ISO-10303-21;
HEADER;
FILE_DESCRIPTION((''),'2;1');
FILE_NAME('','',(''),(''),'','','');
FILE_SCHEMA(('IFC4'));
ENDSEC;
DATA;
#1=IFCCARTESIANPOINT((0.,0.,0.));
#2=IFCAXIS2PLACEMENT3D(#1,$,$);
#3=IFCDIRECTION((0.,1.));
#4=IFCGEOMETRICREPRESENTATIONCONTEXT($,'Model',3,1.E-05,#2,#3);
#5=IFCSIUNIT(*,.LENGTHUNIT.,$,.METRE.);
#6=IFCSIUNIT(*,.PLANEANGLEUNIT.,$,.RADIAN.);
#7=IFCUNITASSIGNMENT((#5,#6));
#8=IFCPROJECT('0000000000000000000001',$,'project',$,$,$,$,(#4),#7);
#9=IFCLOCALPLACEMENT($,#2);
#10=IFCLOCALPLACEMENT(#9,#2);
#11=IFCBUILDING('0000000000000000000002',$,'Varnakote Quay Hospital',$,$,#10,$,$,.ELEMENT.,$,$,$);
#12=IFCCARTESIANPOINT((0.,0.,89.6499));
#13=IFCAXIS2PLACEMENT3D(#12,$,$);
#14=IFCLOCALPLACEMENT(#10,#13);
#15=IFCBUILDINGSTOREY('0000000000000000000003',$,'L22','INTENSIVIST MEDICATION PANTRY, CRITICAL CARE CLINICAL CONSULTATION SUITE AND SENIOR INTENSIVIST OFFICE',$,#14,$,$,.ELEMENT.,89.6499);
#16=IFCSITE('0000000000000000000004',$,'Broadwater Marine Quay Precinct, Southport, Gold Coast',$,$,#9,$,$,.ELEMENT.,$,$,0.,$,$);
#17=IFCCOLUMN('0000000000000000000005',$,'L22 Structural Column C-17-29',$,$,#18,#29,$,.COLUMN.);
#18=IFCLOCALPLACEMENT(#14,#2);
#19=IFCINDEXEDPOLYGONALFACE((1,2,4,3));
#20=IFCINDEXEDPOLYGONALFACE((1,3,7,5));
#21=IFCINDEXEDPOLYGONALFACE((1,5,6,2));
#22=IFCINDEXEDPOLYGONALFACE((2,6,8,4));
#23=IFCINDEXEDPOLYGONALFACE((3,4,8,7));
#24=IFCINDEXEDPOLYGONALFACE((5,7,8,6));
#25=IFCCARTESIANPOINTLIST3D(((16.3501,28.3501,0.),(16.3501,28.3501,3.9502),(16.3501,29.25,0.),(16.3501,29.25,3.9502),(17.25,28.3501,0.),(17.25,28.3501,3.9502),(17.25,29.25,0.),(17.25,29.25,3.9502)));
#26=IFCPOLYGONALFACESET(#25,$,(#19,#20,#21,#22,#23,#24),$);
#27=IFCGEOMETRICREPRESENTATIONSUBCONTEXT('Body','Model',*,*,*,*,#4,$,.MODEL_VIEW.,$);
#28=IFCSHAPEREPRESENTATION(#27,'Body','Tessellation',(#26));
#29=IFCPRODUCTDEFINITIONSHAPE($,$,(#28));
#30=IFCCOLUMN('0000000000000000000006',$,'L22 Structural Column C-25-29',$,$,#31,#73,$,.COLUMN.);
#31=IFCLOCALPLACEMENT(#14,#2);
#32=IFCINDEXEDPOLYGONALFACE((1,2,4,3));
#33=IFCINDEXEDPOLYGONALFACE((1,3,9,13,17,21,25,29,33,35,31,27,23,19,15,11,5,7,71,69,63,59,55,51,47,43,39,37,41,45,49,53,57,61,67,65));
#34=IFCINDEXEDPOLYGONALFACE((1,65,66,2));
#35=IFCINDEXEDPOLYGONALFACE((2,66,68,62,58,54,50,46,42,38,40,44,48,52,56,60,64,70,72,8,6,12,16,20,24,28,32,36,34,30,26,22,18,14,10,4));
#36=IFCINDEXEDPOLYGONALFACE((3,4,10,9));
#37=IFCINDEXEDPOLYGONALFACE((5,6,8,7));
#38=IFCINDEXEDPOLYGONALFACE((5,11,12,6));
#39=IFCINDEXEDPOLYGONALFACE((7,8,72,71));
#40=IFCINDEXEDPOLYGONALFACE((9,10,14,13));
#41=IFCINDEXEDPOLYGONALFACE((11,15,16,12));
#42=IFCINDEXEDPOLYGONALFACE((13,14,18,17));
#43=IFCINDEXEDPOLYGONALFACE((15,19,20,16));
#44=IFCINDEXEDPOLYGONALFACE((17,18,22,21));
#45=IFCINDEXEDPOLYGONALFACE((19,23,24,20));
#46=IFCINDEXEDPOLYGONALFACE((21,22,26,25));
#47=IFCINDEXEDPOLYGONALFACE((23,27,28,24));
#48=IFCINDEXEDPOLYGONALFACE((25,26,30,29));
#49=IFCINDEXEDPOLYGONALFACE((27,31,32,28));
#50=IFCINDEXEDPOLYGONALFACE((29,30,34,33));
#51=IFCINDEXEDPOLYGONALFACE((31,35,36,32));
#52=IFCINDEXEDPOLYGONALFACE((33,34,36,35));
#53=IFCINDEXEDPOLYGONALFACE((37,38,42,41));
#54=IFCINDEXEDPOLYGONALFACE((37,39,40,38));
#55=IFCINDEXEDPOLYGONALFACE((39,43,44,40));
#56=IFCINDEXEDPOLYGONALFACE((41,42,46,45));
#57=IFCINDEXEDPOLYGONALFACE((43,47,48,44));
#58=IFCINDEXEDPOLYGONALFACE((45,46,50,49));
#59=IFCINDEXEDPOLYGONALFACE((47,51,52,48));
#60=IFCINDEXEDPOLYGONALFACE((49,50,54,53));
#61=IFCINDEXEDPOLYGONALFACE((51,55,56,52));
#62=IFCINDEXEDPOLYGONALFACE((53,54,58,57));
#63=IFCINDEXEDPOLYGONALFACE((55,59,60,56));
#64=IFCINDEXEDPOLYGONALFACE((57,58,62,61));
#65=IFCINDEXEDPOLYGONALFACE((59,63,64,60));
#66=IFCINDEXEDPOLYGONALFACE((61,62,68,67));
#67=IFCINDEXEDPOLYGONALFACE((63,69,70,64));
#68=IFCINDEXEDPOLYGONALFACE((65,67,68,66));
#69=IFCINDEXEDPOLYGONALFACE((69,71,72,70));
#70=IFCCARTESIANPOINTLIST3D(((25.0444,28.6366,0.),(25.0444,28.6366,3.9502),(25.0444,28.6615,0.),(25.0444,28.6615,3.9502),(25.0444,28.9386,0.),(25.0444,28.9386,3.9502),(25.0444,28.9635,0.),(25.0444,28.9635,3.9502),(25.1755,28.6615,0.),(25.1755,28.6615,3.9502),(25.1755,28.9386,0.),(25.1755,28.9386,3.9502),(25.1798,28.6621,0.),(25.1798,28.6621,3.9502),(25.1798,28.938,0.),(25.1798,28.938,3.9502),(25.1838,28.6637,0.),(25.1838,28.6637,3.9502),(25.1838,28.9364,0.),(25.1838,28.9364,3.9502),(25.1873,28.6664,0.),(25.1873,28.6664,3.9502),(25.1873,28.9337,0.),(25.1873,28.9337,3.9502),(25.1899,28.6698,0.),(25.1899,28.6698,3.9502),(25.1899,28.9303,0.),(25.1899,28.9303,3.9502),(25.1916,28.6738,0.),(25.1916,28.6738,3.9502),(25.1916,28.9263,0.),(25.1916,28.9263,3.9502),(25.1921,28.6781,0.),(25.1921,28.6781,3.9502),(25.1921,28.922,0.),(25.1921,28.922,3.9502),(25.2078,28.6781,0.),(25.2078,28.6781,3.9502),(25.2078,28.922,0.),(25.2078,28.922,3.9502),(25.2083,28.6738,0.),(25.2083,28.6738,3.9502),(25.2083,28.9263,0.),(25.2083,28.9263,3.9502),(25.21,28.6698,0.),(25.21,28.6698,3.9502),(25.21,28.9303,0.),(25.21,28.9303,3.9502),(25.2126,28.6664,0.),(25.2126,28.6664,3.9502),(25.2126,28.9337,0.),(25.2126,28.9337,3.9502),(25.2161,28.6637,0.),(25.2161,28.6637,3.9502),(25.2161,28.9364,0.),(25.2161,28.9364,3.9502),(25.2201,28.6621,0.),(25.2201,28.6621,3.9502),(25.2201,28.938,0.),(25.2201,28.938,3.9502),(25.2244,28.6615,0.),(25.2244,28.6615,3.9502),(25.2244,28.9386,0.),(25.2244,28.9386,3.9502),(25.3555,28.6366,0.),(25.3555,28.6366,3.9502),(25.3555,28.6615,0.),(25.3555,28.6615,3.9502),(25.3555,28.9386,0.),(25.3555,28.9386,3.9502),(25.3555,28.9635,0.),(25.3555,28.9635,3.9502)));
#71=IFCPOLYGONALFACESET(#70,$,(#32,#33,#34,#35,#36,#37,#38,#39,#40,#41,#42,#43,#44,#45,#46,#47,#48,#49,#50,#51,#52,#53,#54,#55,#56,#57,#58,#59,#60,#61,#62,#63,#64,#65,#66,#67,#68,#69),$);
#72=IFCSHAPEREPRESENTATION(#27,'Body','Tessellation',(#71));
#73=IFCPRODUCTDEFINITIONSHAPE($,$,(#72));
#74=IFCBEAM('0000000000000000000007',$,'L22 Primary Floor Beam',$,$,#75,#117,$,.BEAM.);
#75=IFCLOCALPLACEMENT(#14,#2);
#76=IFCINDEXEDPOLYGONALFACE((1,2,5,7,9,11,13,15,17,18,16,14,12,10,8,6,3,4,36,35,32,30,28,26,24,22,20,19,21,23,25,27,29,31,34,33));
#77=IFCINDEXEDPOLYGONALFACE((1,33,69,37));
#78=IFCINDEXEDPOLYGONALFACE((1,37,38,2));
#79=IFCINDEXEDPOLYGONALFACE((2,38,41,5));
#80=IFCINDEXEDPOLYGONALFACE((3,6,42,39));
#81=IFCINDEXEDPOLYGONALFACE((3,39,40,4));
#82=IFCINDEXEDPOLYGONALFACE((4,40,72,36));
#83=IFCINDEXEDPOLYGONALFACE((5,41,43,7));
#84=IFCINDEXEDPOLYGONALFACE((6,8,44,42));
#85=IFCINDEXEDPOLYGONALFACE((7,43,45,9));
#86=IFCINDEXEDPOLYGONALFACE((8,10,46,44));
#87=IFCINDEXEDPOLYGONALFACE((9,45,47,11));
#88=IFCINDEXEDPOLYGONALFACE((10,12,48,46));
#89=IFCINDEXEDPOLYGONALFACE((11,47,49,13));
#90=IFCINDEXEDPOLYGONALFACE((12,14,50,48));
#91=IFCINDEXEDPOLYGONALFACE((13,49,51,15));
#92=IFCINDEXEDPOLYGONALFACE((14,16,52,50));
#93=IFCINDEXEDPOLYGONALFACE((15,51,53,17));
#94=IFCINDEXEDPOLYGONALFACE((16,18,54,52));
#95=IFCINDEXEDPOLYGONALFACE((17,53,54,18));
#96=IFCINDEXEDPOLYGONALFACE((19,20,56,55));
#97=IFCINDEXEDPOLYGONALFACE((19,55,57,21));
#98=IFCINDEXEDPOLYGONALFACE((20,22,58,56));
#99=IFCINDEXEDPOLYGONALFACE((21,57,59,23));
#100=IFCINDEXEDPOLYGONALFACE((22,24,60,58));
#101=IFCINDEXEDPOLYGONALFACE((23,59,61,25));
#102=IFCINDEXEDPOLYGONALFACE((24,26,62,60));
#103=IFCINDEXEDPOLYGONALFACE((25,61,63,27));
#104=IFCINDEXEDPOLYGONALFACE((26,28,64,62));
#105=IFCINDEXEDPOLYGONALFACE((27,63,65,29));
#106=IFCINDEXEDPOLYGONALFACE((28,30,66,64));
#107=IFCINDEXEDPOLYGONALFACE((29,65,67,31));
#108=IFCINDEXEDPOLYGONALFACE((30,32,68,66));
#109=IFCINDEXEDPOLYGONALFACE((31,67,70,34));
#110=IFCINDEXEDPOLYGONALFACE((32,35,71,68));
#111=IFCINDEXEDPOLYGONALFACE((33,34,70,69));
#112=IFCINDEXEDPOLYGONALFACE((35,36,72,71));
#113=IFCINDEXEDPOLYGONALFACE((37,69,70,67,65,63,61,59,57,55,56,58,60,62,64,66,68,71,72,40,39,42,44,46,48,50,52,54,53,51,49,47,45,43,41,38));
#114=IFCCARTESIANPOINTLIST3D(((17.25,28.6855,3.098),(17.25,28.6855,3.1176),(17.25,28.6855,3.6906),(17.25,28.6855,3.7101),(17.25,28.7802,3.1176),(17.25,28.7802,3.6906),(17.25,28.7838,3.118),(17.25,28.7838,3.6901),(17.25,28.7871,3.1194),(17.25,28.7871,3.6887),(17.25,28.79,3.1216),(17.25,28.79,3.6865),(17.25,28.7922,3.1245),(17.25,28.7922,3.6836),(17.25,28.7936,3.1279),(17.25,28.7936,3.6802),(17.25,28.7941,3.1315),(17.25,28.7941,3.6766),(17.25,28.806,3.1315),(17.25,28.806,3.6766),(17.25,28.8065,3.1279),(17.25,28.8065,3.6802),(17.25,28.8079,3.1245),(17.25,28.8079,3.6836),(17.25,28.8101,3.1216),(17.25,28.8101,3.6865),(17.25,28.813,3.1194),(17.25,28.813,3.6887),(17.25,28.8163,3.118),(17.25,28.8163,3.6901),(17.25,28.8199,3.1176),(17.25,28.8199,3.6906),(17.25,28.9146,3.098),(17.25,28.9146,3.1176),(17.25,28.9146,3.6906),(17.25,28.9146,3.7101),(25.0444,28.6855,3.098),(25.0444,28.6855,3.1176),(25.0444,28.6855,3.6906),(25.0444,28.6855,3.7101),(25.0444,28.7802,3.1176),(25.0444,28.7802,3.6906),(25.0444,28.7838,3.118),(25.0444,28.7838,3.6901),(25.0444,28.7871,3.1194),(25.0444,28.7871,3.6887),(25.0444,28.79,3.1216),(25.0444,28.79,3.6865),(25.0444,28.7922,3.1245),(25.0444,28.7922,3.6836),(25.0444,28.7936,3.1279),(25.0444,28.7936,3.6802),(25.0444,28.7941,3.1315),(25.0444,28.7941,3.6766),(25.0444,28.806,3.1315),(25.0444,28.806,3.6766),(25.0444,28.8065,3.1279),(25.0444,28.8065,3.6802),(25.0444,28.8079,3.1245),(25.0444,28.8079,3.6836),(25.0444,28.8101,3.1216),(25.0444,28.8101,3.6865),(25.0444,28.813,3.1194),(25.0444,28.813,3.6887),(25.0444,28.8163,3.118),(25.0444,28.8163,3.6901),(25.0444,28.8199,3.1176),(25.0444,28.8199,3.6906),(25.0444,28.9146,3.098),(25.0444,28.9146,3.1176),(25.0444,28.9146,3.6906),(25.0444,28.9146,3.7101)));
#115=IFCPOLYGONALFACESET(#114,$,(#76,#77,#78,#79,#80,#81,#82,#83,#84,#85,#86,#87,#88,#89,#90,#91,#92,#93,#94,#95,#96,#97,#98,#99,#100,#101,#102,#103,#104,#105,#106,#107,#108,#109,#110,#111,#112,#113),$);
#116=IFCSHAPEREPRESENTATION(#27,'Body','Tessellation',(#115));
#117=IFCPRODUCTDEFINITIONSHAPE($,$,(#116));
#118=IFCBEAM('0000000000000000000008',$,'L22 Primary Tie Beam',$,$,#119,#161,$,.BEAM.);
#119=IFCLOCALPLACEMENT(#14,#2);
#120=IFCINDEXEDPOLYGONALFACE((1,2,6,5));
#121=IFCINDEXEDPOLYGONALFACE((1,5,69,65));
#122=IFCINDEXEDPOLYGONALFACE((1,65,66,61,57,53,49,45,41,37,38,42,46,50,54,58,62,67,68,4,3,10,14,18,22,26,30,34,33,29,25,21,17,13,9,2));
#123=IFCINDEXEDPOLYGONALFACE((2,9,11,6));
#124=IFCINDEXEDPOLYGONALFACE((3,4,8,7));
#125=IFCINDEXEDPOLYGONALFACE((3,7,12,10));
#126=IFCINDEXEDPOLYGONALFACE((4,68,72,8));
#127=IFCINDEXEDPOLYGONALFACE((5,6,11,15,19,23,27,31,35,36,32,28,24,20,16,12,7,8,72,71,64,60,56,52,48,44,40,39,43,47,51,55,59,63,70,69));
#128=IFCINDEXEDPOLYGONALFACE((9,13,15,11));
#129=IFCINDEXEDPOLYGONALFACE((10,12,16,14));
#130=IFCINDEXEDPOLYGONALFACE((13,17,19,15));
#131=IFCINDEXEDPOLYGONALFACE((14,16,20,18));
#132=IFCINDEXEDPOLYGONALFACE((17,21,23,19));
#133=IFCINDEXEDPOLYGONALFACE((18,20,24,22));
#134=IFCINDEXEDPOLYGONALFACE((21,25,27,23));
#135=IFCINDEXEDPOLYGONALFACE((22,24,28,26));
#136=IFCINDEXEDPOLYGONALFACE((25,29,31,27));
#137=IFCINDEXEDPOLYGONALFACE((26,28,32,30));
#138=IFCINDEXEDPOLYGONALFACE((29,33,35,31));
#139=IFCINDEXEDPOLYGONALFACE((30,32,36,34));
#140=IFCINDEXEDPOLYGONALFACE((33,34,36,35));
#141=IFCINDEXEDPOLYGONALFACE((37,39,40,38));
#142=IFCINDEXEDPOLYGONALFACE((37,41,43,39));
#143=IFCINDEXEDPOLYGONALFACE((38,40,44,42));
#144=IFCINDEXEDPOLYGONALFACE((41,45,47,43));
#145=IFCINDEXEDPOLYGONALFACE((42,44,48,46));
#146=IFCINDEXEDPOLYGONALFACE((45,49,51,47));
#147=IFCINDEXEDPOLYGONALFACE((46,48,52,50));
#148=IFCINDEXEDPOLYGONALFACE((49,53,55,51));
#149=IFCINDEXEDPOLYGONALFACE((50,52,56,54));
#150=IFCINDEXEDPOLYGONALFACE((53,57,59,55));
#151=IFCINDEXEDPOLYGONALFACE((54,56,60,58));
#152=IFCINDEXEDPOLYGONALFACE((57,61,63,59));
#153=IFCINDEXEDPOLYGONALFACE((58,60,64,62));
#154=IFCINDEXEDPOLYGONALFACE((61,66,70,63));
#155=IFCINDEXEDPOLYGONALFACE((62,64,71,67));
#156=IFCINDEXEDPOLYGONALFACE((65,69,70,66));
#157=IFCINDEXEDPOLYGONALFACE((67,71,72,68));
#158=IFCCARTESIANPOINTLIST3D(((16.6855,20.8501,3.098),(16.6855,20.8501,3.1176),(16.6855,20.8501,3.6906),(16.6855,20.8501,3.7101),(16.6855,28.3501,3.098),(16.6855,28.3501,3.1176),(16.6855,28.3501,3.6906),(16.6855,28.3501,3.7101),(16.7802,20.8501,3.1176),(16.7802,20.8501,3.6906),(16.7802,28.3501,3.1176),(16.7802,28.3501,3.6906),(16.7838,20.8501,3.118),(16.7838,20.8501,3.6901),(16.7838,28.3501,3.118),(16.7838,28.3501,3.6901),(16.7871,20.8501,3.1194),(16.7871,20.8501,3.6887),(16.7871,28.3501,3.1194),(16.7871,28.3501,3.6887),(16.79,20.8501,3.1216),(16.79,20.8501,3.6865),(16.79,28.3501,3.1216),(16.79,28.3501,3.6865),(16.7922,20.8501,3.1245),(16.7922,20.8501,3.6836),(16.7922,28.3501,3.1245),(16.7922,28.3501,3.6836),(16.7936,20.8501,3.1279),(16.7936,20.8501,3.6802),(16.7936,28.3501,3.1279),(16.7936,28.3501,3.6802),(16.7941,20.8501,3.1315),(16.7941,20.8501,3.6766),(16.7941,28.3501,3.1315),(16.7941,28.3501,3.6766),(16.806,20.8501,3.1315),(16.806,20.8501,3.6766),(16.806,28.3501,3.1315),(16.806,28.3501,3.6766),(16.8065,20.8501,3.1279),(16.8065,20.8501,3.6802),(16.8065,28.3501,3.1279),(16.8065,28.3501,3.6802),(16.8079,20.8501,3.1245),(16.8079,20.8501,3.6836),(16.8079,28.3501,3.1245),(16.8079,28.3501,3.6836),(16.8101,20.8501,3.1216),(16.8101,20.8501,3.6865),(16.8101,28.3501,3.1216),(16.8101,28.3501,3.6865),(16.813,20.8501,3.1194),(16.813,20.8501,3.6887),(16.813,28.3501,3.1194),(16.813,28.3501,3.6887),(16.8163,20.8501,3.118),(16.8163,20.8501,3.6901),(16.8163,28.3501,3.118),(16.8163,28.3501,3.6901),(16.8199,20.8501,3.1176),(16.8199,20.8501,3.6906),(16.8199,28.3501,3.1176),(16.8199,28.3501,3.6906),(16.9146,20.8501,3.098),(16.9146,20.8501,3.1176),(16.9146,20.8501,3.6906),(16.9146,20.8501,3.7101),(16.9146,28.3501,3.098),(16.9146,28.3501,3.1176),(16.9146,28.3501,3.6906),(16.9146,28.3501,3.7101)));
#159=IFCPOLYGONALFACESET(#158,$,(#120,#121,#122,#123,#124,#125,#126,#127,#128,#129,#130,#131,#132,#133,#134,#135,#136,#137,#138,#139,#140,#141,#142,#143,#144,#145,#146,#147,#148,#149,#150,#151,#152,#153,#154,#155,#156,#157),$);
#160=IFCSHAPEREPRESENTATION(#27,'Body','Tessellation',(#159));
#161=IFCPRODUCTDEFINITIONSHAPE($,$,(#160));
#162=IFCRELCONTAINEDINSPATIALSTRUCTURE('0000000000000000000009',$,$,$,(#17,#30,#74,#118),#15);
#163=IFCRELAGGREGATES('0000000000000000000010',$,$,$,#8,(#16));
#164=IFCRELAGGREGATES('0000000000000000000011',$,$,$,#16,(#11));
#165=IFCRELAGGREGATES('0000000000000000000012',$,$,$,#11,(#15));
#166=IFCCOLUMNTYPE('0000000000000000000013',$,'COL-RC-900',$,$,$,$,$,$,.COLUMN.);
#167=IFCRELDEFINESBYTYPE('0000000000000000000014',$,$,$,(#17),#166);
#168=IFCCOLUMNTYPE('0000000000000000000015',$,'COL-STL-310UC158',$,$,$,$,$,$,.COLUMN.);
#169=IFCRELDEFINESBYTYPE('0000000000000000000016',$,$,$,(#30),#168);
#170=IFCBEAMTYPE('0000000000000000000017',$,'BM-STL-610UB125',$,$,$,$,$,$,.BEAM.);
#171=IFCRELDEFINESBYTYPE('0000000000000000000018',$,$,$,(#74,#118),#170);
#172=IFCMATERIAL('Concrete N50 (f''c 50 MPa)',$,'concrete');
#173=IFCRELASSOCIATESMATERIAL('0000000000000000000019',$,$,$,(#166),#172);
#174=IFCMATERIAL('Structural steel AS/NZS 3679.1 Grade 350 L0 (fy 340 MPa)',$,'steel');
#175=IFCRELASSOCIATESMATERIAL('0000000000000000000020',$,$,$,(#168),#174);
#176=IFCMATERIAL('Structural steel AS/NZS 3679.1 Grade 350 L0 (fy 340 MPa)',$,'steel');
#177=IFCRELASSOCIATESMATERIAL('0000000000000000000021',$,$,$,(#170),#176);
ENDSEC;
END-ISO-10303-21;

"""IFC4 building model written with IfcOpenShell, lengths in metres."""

from ifc_helpers import new_model, si_unit, direction, frame, origin, origin_2d, place, context, subcontext, project, spatial, rectangle, i_section, extrude, material, material_profile, profile_set, type_object, element, save


model = new_model("IFC4")

# Units and contexts
model_context = context("Model", 3, precision=1e-05, world=origin(), true_north=direction((0.0, 1.0)))
body_context = subcontext(model_context, "Body", "Model", "MODEL_VIEW")
ifc_project = project(units=[si_unit("LENGTHUNIT", "METRE"), si_unit("PLANEANGLEUNIT", "RADIAN")], contexts=[model_context])

# Site, building, storey
site_placement = place(None, origin())
site = spatial("IfcSite", under=ifc_project, at=site_placement, Name="Broadwater Marine Quay Precinct, Southport, Gold Coast", CompositionType="ELEMENT", RefElevation=0.0)
building_placement = place(site_placement, origin())
building = spatial("IfcBuilding", under=site, at=building_placement, Name="Varnakote Quay Hospital", CompositionType="ELEMENT")
storey_placement = place(building_placement, frame((0.0, 0.0, 89.6499)))
storey = spatial("IfcBuildingStorey", under=building, at=storey_placement, Name="L22", Description="INTENSIVIST MEDICATION PANTRY, CRITICAL CARE CLINICAL CONSULTATION SUITE AND SENIOR INTENSIVIST OFFICE", CompositionType="ELEMENT", Elevation=89.6499)

# Columns
ifc_material_1 = material(Name="Concrete N50 (f'c 50 MPa)", Category="concrete")
ifc_material_profile_1 = material_profile(ifc_material_1, rectangle(XDim=0.8999, YDim=0.8999, at=origin_2d()), Name="RC-COL-900x900")
ifc_profile_set_1 = profile_set([ifc_material_profile_1], Name="Concrete N50 (f'c 50 MPa)")
column_type_1 = type_object("IfcColumnType", Name="COL-RC-900", PredefinedType="COLUMN", material=ifc_profile_set_1)
column_1_placement = place(storey_placement, frame((16.8, 28.8, 0.0), z_axis=(0.0, 0.0, 1.0), x_axis=(1.0, 0.0, 0.0)))
element("IfcColumn", 1, at=column_1_placement, inside=storey, type_object=column_type_1, Name="L22 Structural Column C-17-29", PredefinedType="COLUMN", context=body_context, shape_type="SweptSolid", body=[
    extrude(rectangle(XDim=0.8999, YDim=0.8999, at=origin_2d()), origin(), (0.0, 0.0, 1.0), 3.9502),
])
ifc_material_2 = material(Name="Structural steel AS/NZS 3679.1 Grade 350 L0 (fy 340 MPa)", Category="steel")
ifc_material_profile_2 = material_profile(ifc_material_2, i_section(OverallWidth=0.311, OverallDepth=0.3269, WebThickness=0.0156, FlangeThickness=0.0249, FilletRadius=0.0166, at=origin_2d()), Name="310UC158")
ifc_profile_set_2 = profile_set([ifc_material_profile_2], Name="Structural steel AS/NZS 3679.1 Grade 350 L0 (fy 340 MPa)")
column_type_2 = type_object("IfcColumnType", Name="COL-STL-310UC158", PredefinedType="COLUMN", material=ifc_profile_set_2)
column_2_placement = place(storey_placement, frame((25.2, 28.8, 0.0), z_axis=(0.0, 0.0, 1.0), x_axis=(1.0, 0.0, 0.0)))
element("IfcColumn", 2, at=column_2_placement, inside=storey, type_object=column_type_2, Name="L22 Structural Column C-25-29", PredefinedType="COLUMN", context=body_context, shape_type="SweptSolid", body=[
    extrude(i_section(OverallWidth=0.311, OverallDepth=0.3269, WebThickness=0.0156, FlangeThickness=0.0249, FilletRadius=0.0166, at=origin_2d()), origin(), (0.0, 0.0, 1.0), 3.9502),
])

# Beams
ifc_material_3 = material(Name="Structural steel AS/NZS 3679.1 Grade 350 L0 (fy 340 MPa)", Category="steel")
ifc_material_profile_3 = material_profile(ifc_material_3, i_section(OverallWidth=0.229, OverallDepth=0.6121, WebThickness=0.012, FlangeThickness=0.0195, FilletRadius=0.0139, at=origin_2d()), Name="610UB125")
ifc_profile_set_3 = profile_set([ifc_material_profile_3], Name="Structural steel AS/NZS 3679.1 Grade 350 L0 (fy 340 MPa)")
beam_type_1 = type_object("IfcBeamType", Name="BM-STL-610UB125", PredefinedType="BEAM", material=ifc_profile_set_3)
beam_1_placement = place(storey_placement, frame((17.25, 28.8, 3.4041), z_axis=(1.0, 0.0, 0.0), x_axis=(0.0, 1.0, 0.0)))
element("IfcBeam", 3, at=beam_1_placement, inside=storey, type_object=beam_type_1, Name="L22 Primary Floor Beam", PredefinedType="BEAM", context=body_context, shape_type="SweptSolid", body=[
    extrude(i_section(OverallWidth=0.229, OverallDepth=0.6121, WebThickness=0.012, FlangeThickness=0.0195, FilletRadius=0.0139, at=origin_2d()), origin(), (0.0, 0.0, 1.0), 7.7944),
])
beam_2_placement = place(storey_placement, frame((16.8, 20.8501, 3.4041), z_axis=(0.0, 1.0, 0.0), x_axis=(-1.0, 0.0, 0.0)))
element("IfcBeam", 4, at=beam_2_placement, inside=storey, type_object=beam_type_1, Name="L22 Primary Tie Beam", PredefinedType="BEAM", context=body_context, shape_type="SweptSolid", body=[
    extrude(i_section(OverallWidth=0.229, OverallDepth=0.6121, WebThickness=0.012, FlangeThickness=0.0195, FilletRadius=0.0139, at=origin_2d()), origin(), (0.0, 0.0, 1.0), 7.5),
])

save(model, "model.ifc")
